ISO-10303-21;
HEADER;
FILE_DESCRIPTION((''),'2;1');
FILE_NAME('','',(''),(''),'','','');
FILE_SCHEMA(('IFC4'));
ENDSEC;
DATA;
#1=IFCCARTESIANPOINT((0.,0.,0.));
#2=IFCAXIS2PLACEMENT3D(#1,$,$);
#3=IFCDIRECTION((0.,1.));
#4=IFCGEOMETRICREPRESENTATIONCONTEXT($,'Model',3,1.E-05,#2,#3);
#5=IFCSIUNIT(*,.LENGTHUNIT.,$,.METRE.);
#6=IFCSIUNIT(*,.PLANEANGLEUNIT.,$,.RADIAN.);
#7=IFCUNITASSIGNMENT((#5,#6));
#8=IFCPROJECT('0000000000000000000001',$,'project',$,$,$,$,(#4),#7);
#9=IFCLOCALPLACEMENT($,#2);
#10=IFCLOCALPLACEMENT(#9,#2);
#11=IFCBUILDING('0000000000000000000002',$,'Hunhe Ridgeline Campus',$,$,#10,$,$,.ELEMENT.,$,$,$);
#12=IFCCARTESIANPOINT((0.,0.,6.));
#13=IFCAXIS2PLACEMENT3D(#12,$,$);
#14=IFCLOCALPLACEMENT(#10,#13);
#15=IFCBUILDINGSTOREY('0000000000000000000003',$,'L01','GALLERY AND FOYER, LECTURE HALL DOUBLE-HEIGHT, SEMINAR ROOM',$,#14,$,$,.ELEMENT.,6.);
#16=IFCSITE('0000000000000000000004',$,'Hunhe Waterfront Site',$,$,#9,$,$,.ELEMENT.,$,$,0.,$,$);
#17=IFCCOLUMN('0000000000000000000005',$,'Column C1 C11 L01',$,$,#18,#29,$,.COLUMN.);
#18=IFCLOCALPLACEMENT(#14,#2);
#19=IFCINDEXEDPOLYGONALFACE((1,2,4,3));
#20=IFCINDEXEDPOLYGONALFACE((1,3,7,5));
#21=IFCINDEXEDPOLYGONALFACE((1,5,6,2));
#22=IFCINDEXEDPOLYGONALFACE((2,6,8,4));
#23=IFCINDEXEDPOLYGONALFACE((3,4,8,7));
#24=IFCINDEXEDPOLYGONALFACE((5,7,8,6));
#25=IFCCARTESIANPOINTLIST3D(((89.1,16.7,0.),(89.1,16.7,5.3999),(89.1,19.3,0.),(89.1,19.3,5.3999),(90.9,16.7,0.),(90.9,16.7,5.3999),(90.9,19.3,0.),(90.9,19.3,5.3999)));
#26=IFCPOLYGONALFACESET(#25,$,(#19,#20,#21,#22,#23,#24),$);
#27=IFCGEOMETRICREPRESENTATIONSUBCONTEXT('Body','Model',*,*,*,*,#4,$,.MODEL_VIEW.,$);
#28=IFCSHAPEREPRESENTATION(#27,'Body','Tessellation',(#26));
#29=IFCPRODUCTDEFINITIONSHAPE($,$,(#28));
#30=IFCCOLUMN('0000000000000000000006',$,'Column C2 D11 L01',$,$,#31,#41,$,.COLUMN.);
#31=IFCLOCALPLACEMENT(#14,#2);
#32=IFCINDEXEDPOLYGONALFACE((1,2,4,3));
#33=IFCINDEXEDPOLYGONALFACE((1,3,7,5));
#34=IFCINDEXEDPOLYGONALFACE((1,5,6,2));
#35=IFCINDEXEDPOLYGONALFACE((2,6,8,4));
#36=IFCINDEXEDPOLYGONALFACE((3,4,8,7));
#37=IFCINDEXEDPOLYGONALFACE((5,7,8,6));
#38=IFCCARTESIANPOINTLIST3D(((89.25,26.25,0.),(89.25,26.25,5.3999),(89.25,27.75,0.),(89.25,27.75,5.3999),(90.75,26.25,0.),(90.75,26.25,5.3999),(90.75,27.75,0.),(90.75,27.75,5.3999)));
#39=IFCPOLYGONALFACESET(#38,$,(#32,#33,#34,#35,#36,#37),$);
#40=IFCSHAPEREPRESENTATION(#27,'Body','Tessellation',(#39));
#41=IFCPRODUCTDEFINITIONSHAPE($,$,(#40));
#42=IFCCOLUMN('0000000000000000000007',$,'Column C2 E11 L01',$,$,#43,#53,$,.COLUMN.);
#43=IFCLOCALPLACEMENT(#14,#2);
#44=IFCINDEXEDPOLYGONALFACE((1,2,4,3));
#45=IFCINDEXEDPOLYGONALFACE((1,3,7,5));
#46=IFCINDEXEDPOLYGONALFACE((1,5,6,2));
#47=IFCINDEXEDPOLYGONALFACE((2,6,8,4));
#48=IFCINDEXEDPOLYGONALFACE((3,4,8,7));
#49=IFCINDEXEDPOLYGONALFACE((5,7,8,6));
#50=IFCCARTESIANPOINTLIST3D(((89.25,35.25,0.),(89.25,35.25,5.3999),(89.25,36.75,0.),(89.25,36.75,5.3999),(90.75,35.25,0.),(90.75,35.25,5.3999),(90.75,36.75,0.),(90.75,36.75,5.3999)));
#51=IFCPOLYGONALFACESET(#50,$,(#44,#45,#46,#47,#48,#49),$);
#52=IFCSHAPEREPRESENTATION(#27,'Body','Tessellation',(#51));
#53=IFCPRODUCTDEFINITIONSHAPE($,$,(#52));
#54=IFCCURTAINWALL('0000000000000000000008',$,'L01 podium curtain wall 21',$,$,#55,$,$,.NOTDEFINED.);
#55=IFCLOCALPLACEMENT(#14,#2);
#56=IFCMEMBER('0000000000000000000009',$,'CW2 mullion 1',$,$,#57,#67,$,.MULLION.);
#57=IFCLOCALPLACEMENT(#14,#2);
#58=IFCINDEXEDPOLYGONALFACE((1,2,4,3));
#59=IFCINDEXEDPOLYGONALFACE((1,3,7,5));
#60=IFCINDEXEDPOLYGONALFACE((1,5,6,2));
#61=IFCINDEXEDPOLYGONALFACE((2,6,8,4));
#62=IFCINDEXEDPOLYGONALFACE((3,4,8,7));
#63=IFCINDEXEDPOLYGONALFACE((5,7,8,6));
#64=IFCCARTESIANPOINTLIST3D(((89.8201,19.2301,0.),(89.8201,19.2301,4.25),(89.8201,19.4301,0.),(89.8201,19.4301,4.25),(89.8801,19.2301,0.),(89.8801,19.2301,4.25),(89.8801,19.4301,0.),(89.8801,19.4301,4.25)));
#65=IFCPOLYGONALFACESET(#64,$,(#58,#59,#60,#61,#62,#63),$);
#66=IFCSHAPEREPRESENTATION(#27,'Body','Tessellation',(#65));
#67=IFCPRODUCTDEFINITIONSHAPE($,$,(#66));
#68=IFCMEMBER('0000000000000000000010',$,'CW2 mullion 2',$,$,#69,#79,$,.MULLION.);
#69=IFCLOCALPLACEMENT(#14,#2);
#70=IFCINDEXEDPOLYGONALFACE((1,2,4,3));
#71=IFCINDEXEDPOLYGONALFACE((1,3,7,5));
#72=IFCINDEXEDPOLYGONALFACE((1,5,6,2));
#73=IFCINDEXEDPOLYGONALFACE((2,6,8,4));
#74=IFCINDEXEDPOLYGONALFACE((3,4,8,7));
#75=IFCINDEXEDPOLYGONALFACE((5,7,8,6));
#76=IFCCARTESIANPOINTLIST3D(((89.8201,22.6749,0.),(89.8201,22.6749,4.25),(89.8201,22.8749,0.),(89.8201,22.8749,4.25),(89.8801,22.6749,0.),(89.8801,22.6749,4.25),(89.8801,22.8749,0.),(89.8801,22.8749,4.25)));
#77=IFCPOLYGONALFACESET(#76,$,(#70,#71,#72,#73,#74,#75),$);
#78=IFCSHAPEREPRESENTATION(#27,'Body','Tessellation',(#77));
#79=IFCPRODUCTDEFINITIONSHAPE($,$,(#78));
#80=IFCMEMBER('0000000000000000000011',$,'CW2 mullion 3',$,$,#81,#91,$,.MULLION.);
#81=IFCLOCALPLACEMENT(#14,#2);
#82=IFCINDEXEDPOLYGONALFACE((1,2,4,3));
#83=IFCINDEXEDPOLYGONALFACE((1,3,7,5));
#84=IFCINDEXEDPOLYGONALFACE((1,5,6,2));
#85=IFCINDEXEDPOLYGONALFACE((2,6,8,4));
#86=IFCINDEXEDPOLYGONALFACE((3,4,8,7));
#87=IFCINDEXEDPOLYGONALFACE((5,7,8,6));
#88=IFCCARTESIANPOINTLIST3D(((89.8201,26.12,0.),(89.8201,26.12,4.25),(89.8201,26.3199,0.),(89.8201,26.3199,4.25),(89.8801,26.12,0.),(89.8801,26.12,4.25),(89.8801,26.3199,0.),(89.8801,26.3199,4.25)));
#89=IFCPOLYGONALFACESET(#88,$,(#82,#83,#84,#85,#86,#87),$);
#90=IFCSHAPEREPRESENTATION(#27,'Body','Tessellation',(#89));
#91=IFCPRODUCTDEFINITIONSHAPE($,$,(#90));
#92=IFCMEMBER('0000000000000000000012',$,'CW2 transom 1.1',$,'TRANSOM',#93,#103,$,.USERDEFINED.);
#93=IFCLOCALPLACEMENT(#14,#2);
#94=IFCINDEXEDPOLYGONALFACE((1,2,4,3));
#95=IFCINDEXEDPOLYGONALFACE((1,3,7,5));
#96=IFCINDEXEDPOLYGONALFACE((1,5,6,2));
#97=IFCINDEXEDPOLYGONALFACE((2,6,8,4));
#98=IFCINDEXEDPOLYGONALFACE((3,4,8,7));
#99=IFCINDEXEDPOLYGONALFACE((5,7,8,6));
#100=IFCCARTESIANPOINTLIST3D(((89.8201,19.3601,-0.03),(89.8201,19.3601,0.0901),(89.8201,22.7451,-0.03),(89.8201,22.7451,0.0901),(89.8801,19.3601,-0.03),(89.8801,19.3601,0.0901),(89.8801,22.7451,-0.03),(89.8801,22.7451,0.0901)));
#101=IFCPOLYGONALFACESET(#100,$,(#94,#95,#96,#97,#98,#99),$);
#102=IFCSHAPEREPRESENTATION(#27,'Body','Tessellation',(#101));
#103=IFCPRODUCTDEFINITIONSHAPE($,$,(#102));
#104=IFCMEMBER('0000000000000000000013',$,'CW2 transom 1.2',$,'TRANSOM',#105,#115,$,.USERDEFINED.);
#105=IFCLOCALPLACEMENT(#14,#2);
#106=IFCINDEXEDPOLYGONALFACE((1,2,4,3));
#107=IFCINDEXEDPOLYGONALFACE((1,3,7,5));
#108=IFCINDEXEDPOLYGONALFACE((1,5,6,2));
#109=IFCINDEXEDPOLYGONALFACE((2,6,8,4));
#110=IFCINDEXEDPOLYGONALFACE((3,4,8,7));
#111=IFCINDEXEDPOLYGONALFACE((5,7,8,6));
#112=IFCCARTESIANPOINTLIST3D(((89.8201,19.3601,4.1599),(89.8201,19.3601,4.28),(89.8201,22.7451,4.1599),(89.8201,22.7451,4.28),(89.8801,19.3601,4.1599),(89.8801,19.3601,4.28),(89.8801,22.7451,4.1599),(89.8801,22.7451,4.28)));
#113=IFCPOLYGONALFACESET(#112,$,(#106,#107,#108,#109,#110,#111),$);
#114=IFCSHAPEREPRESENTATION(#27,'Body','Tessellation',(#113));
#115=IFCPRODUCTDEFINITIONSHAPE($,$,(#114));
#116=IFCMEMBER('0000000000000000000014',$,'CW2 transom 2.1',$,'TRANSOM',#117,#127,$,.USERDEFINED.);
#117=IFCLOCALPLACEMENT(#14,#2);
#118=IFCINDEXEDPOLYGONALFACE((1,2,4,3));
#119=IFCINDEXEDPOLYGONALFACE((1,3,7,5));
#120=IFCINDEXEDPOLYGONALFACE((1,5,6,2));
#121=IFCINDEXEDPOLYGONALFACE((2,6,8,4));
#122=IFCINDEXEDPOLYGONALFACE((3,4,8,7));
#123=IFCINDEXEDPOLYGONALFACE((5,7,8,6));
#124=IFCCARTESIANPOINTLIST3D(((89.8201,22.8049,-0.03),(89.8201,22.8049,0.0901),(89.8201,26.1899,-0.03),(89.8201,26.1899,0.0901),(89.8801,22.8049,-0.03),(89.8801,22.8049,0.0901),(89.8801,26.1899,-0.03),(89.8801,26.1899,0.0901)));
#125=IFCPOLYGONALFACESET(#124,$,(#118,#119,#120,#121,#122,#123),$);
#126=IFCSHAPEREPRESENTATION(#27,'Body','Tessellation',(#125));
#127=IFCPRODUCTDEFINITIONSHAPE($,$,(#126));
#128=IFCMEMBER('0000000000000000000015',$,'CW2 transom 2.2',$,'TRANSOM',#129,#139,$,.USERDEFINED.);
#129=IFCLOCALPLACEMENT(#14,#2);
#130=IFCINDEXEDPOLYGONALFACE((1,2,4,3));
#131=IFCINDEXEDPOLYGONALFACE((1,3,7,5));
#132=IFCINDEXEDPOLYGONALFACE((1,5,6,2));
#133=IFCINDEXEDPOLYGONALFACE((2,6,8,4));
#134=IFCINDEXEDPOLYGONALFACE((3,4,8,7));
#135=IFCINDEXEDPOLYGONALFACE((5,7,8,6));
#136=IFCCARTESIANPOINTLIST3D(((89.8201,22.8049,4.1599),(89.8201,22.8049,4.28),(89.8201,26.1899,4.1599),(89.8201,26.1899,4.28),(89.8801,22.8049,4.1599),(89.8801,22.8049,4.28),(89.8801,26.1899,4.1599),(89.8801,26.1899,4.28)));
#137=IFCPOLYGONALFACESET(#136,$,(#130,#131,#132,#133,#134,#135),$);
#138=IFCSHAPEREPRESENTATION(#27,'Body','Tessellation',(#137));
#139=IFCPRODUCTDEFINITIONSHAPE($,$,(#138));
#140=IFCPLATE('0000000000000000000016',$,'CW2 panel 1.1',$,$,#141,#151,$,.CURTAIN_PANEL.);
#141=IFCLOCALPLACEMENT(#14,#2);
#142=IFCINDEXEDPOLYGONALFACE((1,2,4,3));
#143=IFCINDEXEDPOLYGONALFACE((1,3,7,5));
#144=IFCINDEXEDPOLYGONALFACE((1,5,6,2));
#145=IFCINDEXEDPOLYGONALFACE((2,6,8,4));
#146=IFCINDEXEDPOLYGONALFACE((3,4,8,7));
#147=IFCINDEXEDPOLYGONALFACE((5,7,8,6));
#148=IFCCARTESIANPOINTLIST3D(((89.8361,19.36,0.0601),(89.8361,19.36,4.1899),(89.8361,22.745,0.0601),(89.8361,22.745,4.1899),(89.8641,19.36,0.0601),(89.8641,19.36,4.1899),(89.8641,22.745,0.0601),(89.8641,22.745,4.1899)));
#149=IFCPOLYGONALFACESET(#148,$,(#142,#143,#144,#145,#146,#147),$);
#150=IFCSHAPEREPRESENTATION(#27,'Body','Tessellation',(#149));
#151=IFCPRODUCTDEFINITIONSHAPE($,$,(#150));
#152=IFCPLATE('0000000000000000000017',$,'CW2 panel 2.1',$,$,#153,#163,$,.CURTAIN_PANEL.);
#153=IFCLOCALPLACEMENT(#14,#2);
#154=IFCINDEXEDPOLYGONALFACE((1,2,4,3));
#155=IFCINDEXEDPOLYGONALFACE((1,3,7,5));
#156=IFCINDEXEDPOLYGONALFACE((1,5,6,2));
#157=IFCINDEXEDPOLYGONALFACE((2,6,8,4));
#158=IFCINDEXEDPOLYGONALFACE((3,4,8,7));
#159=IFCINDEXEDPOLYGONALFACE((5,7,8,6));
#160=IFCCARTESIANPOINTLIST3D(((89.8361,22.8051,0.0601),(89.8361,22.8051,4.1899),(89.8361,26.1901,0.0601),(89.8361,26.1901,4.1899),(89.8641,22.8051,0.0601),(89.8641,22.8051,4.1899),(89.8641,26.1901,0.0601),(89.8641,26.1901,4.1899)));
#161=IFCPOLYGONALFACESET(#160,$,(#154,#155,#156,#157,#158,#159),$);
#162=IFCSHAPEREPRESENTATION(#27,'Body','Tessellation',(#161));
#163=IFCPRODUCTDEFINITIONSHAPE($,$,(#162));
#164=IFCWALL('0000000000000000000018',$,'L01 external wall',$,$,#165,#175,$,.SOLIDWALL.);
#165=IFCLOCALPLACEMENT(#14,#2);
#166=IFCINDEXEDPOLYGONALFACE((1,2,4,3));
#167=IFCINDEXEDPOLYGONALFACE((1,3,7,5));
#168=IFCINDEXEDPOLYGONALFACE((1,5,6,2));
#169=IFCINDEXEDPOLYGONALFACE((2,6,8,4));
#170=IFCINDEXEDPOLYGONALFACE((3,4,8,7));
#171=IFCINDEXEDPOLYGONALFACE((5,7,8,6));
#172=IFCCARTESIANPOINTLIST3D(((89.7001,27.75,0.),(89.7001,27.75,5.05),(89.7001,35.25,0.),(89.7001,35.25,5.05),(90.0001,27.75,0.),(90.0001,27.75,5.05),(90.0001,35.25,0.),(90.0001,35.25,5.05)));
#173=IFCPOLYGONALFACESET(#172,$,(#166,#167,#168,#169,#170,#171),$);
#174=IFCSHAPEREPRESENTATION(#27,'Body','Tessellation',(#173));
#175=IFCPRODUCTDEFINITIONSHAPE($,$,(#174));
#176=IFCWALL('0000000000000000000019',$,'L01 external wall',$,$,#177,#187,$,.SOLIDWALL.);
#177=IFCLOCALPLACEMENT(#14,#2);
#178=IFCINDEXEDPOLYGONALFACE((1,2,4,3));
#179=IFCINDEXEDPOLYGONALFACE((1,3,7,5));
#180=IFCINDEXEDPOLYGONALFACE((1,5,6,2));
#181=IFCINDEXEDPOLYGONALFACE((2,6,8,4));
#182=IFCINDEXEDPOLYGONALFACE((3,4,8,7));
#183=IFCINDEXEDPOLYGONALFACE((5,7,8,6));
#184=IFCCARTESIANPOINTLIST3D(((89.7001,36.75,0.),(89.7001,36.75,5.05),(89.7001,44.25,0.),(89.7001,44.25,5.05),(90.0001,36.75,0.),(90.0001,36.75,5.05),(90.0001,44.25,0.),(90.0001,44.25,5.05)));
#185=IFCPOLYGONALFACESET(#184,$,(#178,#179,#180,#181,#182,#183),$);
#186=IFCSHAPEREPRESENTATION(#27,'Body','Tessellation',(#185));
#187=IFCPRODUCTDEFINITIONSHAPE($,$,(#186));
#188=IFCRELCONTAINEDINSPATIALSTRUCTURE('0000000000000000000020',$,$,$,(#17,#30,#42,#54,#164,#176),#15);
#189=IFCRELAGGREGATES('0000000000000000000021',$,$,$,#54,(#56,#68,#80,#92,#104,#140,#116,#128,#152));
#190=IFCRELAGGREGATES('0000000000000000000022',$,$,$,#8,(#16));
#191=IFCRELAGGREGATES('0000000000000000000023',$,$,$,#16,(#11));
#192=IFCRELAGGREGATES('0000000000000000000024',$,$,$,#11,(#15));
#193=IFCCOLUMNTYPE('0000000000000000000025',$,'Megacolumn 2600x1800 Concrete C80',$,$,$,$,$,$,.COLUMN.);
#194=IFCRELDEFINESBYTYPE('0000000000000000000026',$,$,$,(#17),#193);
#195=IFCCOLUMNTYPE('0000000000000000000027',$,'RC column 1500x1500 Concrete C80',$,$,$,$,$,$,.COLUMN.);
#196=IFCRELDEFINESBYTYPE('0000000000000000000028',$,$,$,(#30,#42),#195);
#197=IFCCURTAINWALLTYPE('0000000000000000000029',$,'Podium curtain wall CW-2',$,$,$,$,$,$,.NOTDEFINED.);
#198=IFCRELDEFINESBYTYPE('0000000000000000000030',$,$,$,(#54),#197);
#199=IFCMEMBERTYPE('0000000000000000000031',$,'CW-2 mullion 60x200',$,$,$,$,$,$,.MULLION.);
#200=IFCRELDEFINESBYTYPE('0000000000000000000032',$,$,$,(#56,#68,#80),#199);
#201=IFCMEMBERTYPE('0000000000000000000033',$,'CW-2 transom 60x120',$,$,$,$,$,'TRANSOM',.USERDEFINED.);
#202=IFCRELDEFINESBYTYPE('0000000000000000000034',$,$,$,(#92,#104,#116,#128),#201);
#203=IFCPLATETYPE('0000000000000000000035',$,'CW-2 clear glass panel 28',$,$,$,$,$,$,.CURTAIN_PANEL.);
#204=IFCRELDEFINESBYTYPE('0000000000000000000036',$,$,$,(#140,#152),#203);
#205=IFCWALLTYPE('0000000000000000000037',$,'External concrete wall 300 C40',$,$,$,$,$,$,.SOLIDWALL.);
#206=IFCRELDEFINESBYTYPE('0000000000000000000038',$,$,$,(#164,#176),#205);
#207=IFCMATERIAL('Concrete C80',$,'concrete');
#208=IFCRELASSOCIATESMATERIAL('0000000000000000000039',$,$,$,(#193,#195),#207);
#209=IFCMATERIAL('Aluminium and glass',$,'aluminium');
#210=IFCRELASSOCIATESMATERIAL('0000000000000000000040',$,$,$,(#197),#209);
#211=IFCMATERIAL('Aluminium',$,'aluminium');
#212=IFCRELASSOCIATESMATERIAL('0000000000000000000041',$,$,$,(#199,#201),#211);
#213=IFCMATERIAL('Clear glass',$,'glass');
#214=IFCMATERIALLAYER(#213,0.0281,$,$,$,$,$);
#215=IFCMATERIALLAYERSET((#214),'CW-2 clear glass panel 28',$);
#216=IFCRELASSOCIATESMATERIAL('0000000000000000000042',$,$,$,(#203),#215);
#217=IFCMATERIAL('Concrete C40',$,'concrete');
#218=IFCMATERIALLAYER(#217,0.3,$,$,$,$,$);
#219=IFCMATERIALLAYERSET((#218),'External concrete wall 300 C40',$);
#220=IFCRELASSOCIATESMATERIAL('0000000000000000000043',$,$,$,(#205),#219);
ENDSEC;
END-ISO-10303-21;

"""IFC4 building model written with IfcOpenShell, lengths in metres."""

from ifc_helpers import new_model, si_unit, direction, frame, frame_2d, origin, origin_2d, place, context, subcontext, project, spatial, rectangle, extrude, material, layer, layer_set, material_profile, profile_set, type_object, element, aggregate, save


model = new_model("IFC4")

# Units and contexts
model_context = context("Model", 3, precision=1e-05, world=origin(), true_north=direction((0.0, 1.0)))
body_context = subcontext(model_context, "Body", "Model", "MODEL_VIEW")
ifc_project = project(units=[si_unit("LENGTHUNIT", "METRE"), si_unit("PLANEANGLEUNIT", "RADIAN")], contexts=[model_context])

# Site, building, storey
site_placement = place(None, origin())
site = spatial("IfcSite", under=ifc_project, at=site_placement, Name="Hunhe Waterfront Site", CompositionType="ELEMENT", RefElevation=0.0)
building_placement = place(site_placement, origin())
building = spatial("IfcBuilding", under=site, at=building_placement, Name="Hunhe Ridgeline Campus", CompositionType="ELEMENT")
storey_placement = place(building_placement, frame((0.0, 0.0, 6.0)))
storey = spatial("IfcBuildingStorey", under=building, at=storey_placement, Name="L01", Description="GALLERY AND FOYER, LECTURE HALL DOUBLE-HEIGHT, SEMINAR ROOM", CompositionType="ELEMENT", Elevation=6.0)

# Columns
ifc_material_1 = material(Name="Concrete C80", Category="concrete")
ifc_material_profile_1 = material_profile(ifc_material_1, rectangle(XDim=2.6001, YDim=1.8, at=origin_2d()))
ifc_profile_set_1 = profile_set([ifc_material_profile_1], Name="Concrete C80")
column_type_1 = type_object("IfcColumnType", Name="Megacolumn 2600x1800 Concrete C80", PredefinedType="COLUMN", material=ifc_profile_set_1)
column_placement = place(storey_placement, frame((90.0, 18.0, 0.0), z_axis=(0.0, 0.0, 1.0), x_axis=(0.0, 1.0, 0.0)))
element("IfcColumn", 1, at=column_placement, inside=storey, type_object=column_type_1, Name="Column C1 C11 L01", PredefinedType="COLUMN", context=body_context, shape_type="SweptSolid", body=[
    extrude(rectangle(XDim=2.6001, YDim=1.8, at=origin_2d()), origin(), (0.0, 0.0, 1.0), 5.3999),
])
ifc_material_profile_2 = material_profile(ifc_material_1, rectangle(XDim=1.5, YDim=1.5, at=origin_2d()))
ifc_profile_set_2 = profile_set([ifc_material_profile_2], Name="Concrete C80")
column_type_2 = type_object("IfcColumnType", Name="RC column 1500x1500 Concrete C80", PredefinedType="COLUMN", material=ifc_profile_set_2)
for number, where, z_axis, x_axis, name in (
    (2, (90.0, 27.0, 0.0), (0.0, 0.0, 1.0), (1.0, 0.0, 0.0), "Column C2 D11 L01"),
    (3, (90.0, 36.0, 0.0), (0.0, 0.0, 1.0), (1.0, 0.0, 0.0), "Column C2 E11 L01"),
):
    element("IfcColumn", number, at=place(storey_placement, frame(where, z_axis=z_axis, x_axis=x_axis)), inside=storey, type_object=column_type_2, Name=name, PredefinedType="COLUMN", context=body_context, shape_type="SweptSolid", body=[
        extrude(rectangle(XDim=1.5, YDim=1.5, at=origin_2d()), origin(), (0.0, 0.0, 1.0), 5.3999),
    ])

# Curtain wall, members, plates
ifc_material_2 = material(Name="Aluminium and glass", Category="aluminium")
curtain_wall_type = type_object("IfcCurtainWallType", Name="Podium curtain wall CW-2", PredefinedType="NOTDEFINED", material=ifc_material_2)
curtain_wall_placement = place(storey_placement, origin())
curtain_wall = element("IfcCurtainWall", 4, at=curtain_wall_placement, inside=storey, type_object=curtain_wall_type, Name="L01 podium curtain wall 21", PredefinedType="NOTDEFINED")
ifc_material_3 = material(Name="Aluminium", Category="aluminium")
ifc_material_profile_3 = material_profile(ifc_material_3, rectangle(XDim=0.0601, YDim=0.2, at=origin_2d()))
ifc_profile_set_3 = profile_set([ifc_material_profile_3], Name="Aluminium")
member_type_1 = type_object("IfcMemberType", Name="CW-2 mullion 60x200", PredefinedType="MULLION", material=ifc_profile_set_3)
member_1_placement = place(storey_placement, frame((89.8501, 19.3301, 0.0), z_axis=(0.0, 0.0, 1.0), x_axis=(-1.0, 0.0, 0.0)))
member_1 = element("IfcMember", 5, at=member_1_placement, type_object=member_type_1, Name="CW2 mullion 1", PredefinedType="MULLION", context=body_context, shape_type="SweptSolid", body=[
    extrude(rectangle(XDim=0.0601, YDim=0.2, at=origin_2d()), origin(), (0.0, 0.0, 1.0), 4.25),
])
member_2_placement = place(storey_placement, frame((89.8501, 22.7749, 0.0), z_axis=(0.0, 0.0, 1.0), x_axis=(-1.0, 0.0, 0.0)))
member_2 = element("IfcMember", 6, at=member_2_placement, type_object=member_type_1, Name="CW2 mullion 2", PredefinedType="MULLION", context=body_context, shape_type="SweptSolid", body=[
    extrude(rectangle(XDim=0.0601, YDim=0.2, at=origin_2d()), origin(), (0.0, 0.0, 1.0), 4.25),
])
member_3_placement = place(storey_placement, frame((89.8501, 26.22, 0.0), z_axis=(0.0, 0.0, 1.0), x_axis=(-1.0, 0.0, 0.0)))
member_3 = element("IfcMember", 7, at=member_3_placement, type_object=member_type_1, Name="CW2 mullion 3", PredefinedType="MULLION", context=body_context, shape_type="SweptSolid", body=[
    extrude(rectangle(XDim=0.0601, YDim=0.2, at=origin_2d()), origin(), (0.0, 0.0, 1.0), 4.25),
])
ifc_material_profile_4 = material_profile(ifc_material_3, rectangle(XDim=0.0601, YDim=0.1201, at=origin_2d()))
ifc_profile_set_4 = profile_set([ifc_material_profile_4], Name="Aluminium")
member_type_2 = type_object("IfcMemberType", Name="CW-2 transom 60x120", ElementType="TRANSOM", PredefinedType="USERDEFINED", material=ifc_profile_set_4)
member_4_placement = place(storey_placement, frame((89.8501, 19.3601, 0.03), z_axis=(0.0, 1.0, 0.0), x_axis=(-1.0, 0.0, 0.0)))
member_4 = element("IfcMember", 8, at=member_4_placement, type_object=member_type_2, Name="CW2 transom 1.1", ObjectType="TRANSOM", PredefinedType="USERDEFINED", context=body_context, shape_type="SweptSolid", body=[
    extrude(rectangle(XDim=0.0601, YDim=0.1201, at=origin_2d()), origin(), (0.0, 0.0, 1.0), 3.385),
])
member_5_placement = place(storey_placement, frame((89.8501, 19.3601, 4.22), z_axis=(0.0, 1.0, 0.0), x_axis=(-1.0, 0.0, 0.0)))
member_5 = element("IfcMember", 9, at=member_5_placement, type_object=member_type_2, Name="CW2 transom 1.2", ObjectType="TRANSOM", PredefinedType="USERDEFINED", context=body_context, shape_type="SweptSolid", body=[
    extrude(rectangle(XDim=0.0601, YDim=0.1201, at=origin_2d()), origin(), (0.0, 0.0, 1.0), 3.385),
])
member_6_placement = place(storey_placement, frame((89.8501, 22.8049, 0.03), z_axis=(0.0, 1.0, 0.0), x_axis=(-1.0, 0.0, 0.0)))
member_6 = element("IfcMember", 10, at=member_6_placement, type_object=member_type_2, Name="CW2 transom 2.1", ObjectType="TRANSOM", PredefinedType="USERDEFINED", context=body_context, shape_type="SweptSolid", body=[
    extrude(rectangle(XDim=0.0601, YDim=0.1201, at=origin_2d()), origin(), (0.0, 0.0, 1.0), 3.385),
])
member_7_placement = place(storey_placement, frame((89.8501, 22.8049, 4.22), z_axis=(0.0, 1.0, 0.0), x_axis=(-1.0, 0.0, 0.0)))
member_7 = element("IfcMember", 11, at=member_7_placement, type_object=member_type_2, Name="CW2 transom 2.2", ObjectType="TRANSOM", PredefinedType="USERDEFINED", context=body_context, shape_type="SweptSolid", body=[
    extrude(rectangle(XDim=0.0601, YDim=0.1201, at=origin_2d()), origin(), (0.0, 0.0, 1.0), 3.385),
])
ifc_material_4 = material(Name="Clear glass", Category="glass")
ifc_layer_1 = layer(ifc_material_4, 0.0281)
ifc_layer_set_1 = layer_set([ifc_layer_1], Name="CW-2 clear glass panel 28")
plate_type = type_object("IfcPlateType", Name="CW-2 clear glass panel 28", PredefinedType="CURTAIN_PANEL", material=ifc_layer_set_1)
plate_1_placement = place(storey_placement, frame((89.8501, 21.0525, 0.0601), z_axis=(0.0, 0.0, 1.0), x_axis=(0.0, 1.0, 0.0)))
plate_1 = element("IfcPlate", 12, at=plate_1_placement, type_object=plate_type, Name="CW2 panel 1.1", PredefinedType="CURTAIN_PANEL", context=body_context, shape_type="SweptSolid", body=[
    extrude(rectangle(XDim=3.385, YDim=0.0281, at=origin_2d()), origin(), (0.0, 0.0, 1.0), 4.1299),
])
plate_2_placement = place(storey_placement, frame((89.8501, 24.4976, 0.0601), z_axis=(0.0, 0.0, 1.0), x_axis=(0.0, 1.0, 0.0)))
plate_2 = element("IfcPlate", 13, at=plate_2_placement, type_object=plate_type, Name="CW2 panel 2.1", PredefinedType="CURTAIN_PANEL", context=body_context, shape_type="SweptSolid", body=[
    extrude(rectangle(XDim=3.385, YDim=0.0281, at=origin_2d()), origin(), (0.0, 0.0, 1.0), 4.1299),
])
aggregate(curtain_wall, [member_1, member_2, member_3, member_4, member_5, plate_1, member_6, member_7, plate_2])

# Walls
ifc_material_5 = material(Name="Concrete C40", Category="concrete")
ifc_layer_2 = layer(ifc_material_5, 0.3)
ifc_layer_set_2 = layer_set([ifc_layer_2], Name="External concrete wall 300 C40")
wall_type_1 = type_object("IfcWallType", Name="External concrete wall 300 C40", PredefinedType="SOLIDWALL", material=ifc_layer_set_2)
for number, where, z_axis, x_axis, name in (
    (14, (89.8501, 27.75, 0.0), (0.0, 0.0, 1.0), (0.0, 1.0, 0.0), "L01 external wall"),
    (15, (89.8501, 36.75, 0.0), (0.0, 0.0, 1.0), (0.0, 1.0, 0.0), "L01 external wall"),
):
    element("IfcWall", number, at=place(storey_placement, frame(where, z_axis=z_axis, x_axis=x_axis)), inside=storey, type_object=wall_type_1, Name=name, PredefinedType="SOLIDWALL", context=body_context, shape_type="SweptSolid", body=[
        extrude(rectangle(XDim=7.5, YDim=0.3, at=frame_2d((3.75, 0.0))), origin(), (0.0, 0.0, 1.0), 5.05),
    ])

save(model, "model.ifc")
